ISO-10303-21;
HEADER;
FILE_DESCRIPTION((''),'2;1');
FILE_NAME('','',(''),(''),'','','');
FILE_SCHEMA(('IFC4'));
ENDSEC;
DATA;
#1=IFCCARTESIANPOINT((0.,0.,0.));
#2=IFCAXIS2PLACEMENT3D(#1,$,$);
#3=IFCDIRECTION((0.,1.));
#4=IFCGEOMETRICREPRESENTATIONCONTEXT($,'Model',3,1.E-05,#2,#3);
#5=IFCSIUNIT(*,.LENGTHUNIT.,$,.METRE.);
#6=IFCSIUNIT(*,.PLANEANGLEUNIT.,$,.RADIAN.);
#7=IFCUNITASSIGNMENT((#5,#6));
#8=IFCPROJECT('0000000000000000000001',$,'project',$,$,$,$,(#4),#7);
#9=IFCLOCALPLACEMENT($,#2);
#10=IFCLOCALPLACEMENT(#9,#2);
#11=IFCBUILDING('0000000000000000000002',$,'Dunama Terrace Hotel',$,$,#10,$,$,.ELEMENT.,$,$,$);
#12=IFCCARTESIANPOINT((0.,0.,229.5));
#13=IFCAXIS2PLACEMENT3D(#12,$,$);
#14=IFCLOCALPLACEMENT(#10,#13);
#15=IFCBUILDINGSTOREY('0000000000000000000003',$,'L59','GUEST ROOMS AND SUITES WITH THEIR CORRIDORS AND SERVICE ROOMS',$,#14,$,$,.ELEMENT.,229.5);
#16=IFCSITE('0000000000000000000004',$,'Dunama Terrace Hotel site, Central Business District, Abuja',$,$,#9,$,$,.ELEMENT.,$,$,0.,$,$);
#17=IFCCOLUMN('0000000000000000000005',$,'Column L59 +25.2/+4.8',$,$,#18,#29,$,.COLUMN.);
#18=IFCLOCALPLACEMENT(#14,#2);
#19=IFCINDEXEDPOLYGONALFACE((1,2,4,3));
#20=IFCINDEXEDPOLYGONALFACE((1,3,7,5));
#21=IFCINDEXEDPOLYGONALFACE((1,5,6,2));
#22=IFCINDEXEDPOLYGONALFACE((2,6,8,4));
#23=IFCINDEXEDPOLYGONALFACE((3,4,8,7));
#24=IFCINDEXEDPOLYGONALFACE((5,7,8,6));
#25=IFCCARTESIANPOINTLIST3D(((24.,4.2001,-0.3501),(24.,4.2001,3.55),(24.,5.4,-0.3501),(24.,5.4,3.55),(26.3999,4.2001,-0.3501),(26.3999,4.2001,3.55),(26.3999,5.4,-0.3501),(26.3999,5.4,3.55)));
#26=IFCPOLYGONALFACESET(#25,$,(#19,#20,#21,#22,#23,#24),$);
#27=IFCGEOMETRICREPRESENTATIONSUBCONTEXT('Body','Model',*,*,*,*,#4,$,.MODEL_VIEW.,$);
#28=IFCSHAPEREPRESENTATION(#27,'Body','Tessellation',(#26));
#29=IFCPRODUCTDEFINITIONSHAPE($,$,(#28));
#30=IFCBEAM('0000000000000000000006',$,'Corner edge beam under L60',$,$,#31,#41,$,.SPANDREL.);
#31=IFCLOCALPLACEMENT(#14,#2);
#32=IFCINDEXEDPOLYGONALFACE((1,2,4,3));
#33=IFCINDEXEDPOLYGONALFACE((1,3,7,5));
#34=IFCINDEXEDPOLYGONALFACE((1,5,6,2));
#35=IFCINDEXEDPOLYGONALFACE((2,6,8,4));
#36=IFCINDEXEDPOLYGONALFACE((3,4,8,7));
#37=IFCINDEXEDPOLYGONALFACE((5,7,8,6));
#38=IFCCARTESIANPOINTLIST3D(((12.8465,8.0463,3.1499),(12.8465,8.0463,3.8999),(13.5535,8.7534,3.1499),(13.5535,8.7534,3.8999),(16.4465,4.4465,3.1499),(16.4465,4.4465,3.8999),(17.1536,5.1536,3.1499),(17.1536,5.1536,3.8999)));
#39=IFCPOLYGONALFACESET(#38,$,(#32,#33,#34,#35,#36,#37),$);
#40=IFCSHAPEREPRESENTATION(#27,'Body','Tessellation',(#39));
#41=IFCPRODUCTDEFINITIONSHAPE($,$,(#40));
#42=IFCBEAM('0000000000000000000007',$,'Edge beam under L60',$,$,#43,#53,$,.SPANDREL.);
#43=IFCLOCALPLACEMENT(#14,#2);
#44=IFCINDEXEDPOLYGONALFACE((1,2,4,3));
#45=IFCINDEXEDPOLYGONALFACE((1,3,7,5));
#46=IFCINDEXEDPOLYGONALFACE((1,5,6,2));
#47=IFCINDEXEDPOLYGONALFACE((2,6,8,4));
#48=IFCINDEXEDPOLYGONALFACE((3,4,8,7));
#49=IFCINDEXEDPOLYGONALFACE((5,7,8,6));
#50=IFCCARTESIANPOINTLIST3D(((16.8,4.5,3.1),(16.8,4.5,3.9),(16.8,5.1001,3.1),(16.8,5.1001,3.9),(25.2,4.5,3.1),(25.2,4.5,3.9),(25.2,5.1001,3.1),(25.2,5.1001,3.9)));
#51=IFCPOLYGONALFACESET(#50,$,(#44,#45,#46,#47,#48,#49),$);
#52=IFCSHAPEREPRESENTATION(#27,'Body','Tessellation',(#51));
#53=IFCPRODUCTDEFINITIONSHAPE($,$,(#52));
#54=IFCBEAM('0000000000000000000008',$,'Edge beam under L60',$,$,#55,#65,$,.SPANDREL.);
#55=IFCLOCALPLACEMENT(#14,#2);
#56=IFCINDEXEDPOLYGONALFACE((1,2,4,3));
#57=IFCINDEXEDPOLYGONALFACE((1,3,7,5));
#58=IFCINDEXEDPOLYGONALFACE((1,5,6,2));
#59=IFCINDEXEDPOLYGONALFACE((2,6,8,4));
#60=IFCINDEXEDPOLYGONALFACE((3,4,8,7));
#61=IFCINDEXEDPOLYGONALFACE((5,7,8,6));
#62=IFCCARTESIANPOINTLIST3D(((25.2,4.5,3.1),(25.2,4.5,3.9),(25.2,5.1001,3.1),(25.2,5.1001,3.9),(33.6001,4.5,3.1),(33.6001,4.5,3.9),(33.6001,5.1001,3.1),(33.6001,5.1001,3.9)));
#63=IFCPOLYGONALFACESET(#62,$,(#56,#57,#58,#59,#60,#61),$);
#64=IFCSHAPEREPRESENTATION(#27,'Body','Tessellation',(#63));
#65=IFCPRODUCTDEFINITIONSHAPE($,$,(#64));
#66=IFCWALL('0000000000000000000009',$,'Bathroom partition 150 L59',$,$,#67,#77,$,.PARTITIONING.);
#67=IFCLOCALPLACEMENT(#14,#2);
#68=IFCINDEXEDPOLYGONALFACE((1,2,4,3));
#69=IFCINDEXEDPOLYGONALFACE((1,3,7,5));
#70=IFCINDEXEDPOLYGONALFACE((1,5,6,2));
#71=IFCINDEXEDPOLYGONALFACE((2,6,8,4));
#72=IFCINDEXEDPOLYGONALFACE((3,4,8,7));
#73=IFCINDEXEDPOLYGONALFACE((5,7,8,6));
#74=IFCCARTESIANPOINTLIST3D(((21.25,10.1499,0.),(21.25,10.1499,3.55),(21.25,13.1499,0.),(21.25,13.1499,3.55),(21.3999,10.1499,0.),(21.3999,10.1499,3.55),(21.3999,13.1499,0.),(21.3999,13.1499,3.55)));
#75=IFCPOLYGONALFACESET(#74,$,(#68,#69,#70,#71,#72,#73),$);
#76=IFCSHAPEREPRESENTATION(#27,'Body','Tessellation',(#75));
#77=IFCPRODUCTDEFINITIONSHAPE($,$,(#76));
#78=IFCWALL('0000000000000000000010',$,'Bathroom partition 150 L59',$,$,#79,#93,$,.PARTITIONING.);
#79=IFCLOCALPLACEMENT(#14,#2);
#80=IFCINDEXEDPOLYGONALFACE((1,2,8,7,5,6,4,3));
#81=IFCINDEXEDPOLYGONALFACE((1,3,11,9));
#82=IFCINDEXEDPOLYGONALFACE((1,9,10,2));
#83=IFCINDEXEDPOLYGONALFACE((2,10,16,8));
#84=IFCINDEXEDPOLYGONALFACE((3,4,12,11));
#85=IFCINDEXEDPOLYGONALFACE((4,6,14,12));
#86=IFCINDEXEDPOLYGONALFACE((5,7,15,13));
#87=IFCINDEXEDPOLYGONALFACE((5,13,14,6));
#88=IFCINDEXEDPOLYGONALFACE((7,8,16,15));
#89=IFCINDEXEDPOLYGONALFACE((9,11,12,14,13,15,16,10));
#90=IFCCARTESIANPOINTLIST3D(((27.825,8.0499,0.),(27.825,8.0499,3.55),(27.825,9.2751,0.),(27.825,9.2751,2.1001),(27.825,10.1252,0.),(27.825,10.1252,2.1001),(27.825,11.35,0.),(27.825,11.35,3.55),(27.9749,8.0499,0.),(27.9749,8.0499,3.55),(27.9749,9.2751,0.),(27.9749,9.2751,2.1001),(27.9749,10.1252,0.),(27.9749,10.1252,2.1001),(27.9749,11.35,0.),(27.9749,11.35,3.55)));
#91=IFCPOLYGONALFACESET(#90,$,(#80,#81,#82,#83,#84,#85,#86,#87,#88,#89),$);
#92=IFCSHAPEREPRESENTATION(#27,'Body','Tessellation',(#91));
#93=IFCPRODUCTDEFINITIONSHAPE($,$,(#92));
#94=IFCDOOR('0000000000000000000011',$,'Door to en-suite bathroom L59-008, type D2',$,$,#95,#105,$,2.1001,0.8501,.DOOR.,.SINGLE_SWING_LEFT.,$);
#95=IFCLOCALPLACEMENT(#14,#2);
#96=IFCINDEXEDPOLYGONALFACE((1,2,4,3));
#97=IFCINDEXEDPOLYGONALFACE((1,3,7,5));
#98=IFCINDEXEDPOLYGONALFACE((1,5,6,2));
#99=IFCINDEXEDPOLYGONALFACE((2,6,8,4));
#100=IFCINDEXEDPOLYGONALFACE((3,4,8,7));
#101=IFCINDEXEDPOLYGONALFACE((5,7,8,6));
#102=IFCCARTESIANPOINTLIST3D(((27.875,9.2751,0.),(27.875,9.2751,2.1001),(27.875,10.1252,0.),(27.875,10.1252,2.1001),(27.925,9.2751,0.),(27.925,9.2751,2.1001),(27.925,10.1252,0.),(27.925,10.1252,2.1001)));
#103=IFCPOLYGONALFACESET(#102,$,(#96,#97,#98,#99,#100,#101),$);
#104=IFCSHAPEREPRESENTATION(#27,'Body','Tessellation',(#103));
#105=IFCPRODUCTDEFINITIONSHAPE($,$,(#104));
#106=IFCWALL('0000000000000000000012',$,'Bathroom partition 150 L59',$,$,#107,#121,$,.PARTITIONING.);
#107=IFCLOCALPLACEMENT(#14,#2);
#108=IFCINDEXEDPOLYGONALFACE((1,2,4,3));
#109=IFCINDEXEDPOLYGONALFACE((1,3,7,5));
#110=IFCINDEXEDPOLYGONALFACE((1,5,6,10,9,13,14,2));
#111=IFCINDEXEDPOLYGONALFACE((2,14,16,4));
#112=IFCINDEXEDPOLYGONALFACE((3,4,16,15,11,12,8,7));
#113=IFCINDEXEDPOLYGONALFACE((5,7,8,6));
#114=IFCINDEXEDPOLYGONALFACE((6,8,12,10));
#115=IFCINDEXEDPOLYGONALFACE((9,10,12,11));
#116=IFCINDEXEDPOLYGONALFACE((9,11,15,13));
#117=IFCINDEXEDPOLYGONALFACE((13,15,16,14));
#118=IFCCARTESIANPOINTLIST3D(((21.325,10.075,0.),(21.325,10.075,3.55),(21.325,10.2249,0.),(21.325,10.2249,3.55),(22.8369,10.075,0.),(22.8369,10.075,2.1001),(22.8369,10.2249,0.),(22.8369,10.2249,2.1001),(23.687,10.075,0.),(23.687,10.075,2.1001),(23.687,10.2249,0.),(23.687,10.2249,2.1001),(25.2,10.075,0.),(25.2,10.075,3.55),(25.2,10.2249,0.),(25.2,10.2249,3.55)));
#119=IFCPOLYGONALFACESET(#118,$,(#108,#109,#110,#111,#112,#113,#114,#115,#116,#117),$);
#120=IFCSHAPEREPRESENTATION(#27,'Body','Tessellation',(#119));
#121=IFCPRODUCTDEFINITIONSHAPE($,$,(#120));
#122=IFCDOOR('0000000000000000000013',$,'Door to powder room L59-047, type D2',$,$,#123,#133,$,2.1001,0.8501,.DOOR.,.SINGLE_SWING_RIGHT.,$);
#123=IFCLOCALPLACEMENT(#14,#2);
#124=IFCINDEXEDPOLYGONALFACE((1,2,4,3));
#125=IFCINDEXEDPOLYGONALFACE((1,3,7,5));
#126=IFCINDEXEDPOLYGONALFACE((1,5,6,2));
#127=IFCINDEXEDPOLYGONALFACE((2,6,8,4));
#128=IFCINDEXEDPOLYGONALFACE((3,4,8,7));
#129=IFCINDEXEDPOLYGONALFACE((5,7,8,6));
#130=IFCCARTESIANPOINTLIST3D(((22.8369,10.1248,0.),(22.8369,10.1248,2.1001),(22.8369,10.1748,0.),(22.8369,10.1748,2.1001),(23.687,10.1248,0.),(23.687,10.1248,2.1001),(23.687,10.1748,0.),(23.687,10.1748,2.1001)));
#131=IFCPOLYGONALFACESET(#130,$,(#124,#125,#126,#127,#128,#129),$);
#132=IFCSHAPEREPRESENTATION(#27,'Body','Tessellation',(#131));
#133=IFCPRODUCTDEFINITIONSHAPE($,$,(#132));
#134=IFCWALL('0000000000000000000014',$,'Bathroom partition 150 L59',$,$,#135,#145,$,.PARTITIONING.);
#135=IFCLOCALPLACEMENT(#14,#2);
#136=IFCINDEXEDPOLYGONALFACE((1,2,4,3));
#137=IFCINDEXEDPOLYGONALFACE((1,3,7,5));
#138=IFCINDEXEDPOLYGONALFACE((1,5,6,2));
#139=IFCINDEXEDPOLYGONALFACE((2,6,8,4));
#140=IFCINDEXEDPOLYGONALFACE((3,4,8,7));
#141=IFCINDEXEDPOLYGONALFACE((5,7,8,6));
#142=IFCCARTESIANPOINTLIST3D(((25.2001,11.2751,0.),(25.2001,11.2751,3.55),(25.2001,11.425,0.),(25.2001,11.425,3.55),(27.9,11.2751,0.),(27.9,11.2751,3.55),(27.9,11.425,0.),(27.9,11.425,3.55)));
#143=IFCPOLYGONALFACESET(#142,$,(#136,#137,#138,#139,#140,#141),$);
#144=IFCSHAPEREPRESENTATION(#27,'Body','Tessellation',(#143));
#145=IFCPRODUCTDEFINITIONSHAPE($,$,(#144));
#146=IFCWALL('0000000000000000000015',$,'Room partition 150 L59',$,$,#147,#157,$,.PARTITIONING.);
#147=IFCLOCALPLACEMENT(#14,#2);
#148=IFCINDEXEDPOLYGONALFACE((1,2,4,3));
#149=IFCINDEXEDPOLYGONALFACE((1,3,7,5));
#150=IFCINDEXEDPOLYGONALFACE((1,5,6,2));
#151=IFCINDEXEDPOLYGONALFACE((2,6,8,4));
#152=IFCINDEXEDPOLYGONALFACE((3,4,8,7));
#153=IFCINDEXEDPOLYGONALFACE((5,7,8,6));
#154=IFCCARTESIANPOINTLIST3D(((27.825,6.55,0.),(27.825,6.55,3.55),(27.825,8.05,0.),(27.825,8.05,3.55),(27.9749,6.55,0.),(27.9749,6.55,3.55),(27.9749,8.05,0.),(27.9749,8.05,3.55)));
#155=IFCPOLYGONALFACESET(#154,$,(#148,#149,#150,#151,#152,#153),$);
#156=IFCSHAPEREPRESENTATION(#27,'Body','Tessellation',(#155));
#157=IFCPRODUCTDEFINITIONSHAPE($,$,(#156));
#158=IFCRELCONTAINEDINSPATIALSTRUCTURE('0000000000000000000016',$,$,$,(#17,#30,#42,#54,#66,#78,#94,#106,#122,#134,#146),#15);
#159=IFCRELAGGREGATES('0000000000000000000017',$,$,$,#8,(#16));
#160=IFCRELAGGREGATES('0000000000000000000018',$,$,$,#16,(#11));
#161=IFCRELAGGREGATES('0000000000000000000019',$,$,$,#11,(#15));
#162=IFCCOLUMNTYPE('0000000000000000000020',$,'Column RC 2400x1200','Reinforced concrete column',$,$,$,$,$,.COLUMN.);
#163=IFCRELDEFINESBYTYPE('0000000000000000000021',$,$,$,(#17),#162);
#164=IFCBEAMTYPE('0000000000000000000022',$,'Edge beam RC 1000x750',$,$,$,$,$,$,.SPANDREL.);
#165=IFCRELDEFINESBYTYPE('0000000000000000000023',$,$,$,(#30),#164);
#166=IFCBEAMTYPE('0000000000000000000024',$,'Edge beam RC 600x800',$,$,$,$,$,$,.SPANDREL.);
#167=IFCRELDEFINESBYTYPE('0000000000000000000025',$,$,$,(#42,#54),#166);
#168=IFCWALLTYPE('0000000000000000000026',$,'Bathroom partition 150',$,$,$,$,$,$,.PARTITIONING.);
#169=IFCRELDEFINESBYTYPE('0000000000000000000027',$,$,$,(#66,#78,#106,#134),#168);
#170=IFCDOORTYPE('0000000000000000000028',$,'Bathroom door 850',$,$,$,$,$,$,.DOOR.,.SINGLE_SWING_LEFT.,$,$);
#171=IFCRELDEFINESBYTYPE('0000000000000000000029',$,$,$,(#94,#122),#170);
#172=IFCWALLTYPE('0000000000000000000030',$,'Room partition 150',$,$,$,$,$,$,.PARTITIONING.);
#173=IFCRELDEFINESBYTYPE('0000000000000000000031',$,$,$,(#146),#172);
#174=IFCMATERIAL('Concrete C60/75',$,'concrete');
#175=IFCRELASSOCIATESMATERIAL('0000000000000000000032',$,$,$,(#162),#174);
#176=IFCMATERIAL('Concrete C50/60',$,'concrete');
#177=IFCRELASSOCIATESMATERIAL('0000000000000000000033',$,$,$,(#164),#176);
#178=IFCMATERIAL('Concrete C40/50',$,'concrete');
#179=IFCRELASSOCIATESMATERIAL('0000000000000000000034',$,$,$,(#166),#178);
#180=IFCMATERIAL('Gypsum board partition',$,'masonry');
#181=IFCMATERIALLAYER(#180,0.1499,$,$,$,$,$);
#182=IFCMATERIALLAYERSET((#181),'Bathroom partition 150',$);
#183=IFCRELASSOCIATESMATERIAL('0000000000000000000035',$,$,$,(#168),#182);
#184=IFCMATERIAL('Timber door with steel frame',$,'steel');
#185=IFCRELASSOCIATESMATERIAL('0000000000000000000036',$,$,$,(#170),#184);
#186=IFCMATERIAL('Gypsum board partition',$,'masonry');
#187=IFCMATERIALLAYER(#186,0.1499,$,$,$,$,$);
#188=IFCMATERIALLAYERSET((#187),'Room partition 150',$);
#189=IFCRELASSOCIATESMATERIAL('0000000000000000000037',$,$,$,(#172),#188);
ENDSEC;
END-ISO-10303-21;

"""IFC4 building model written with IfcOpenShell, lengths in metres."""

from ifc_helpers import new_model, si_unit, direction, frame, frame_2d, origin, origin_2d, place, context, subcontext, project, spatial, rectangle, extrude, material, layer, layer_set, material_profile, profile_set, type_object, element, fill, save


model = new_model("IFC4")

# Units and contexts
model_context = context("Model", 3, precision=1e-05, world=origin(), true_north=direction((0.0, 1.0)))
body_context = subcontext(model_context, "Body", "Model", "MODEL_VIEW")
ifc_project = project(units=[si_unit("LENGTHUNIT", "METRE"), si_unit("PLANEANGLEUNIT", "RADIAN")], contexts=[model_context])

# Site, building, storey
site_placement = place(None, origin())
site = spatial("IfcSite", under=ifc_project, at=site_placement, Name="Dunama Terrace Hotel site, Central Business District, Abuja", CompositionType="ELEMENT", RefElevation=0.0)
building_placement = place(site_placement, origin())
building = spatial("IfcBuilding", under=site, at=building_placement, Name="Dunama Terrace Hotel", CompositionType="ELEMENT")
storey_placement = place(building_placement, frame((0.0, 0.0, 229.5)))
storey = spatial("IfcBuildingStorey", under=building, at=storey_placement, Name="L59", Description="GUEST ROOMS AND SUITES WITH THEIR CORRIDORS AND SERVICE ROOMS", CompositionType="ELEMENT", Elevation=229.5)

# Column
ifc_material_1 = material(Name="Concrete C60/75", Category="concrete")
ifc_material_profile_1 = material_profile(ifc_material_1, rectangle(XDim=2.3999, YDim=1.2, at=origin_2d()), Name="RC 2400x1200")
ifc_profile_set_1 = profile_set([ifc_material_profile_1], Name="Concrete C60/75")
column_type = type_object("IfcColumnType", Name="Column RC 2400x1200", Description="Reinforced concrete column", PredefinedType="COLUMN", material=ifc_profile_set_1)
column_placement = place(storey_placement, frame((25.2, 4.8, -0.3501), z_axis=(0.0, 0.0, 1.0), x_axis=(1.0, 0.0, 0.0)))
element("IfcColumn", 1, at=column_placement, inside=storey, type_object=column_type, Name="Column L59 +25.2/+4.8", PredefinedType="COLUMN", context=body_context, shape_type="SweptSolid", body=[
    extrude(rectangle(XDim=2.3999, YDim=1.2, at=origin_2d()), origin(), (0.0, 0.0, 1.0), 3.9001),
])

# Beams
ifc_material_2 = material(Name="Concrete C50/60", Category="concrete")
ifc_material_profile_2 = material_profile(ifc_material_2, rectangle(XDim=1.0, YDim=0.75, at=origin_2d()), Name="RC 1000x750")
ifc_profile_set_2 = profile_set([ifc_material_profile_2], Name="Concrete C50/60")
beam_type_1 = type_object("IfcBeamType", Name="Edge beam RC 1000x750", PredefinedType="SPANDREL", material=ifc_profile_set_2)
beam_1_placement = place(storey_placement, frame((16.8, 4.8, 3.5249), z_axis=(-0.707131, 0.707083, 0.0), x_axis=(-0.707083, -0.707131, 0.0)))
element("IfcBeam", 2, at=beam_1_placement, inside=storey, type_object=beam_type_1, Name="Corner edge beam under L60", PredefinedType="SPANDREL", context=body_context, shape_type="SweptSolid", body=[
    extrude(rectangle(XDim=1.0, YDim=0.75, at=origin_2d()), origin(), (0.0, 0.0, 1.0), 5.0911),
])
ifc_material_3 = material(Name="Concrete C40/50", Category="concrete")
ifc_material_profile_3 = material_profile(ifc_material_3, rectangle(XDim=0.6001, YDim=0.8, at=origin_2d()), Name="RC 600x800")
ifc_profile_set_3 = profile_set([ifc_material_profile_3], Name="Concrete C40/50")
beam_type_2 = type_object("IfcBeamType", Name="Edge beam RC 600x800", PredefinedType="SPANDREL", material=ifc_profile_set_3)
beam_2_placement = place(storey_placement, frame((16.8, 4.8, 3.5), z_axis=(1.0, 0.0, 0.0), x_axis=(0.0, 1.0, 0.0)))
element("IfcBeam", 3, at=beam_2_placement, inside=storey, type_object=beam_type_2, Name="Edge beam under L60", PredefinedType="SPANDREL", context=body_context, shape_type="SweptSolid", body=[
    extrude(rectangle(XDim=0.6001, YDim=0.8, at=origin_2d()), origin(), (0.0, 0.0, 1.0), 8.3999),
])
beam_3_placement = place(storey_placement, frame((25.2, 4.8, 3.5), z_axis=(1.0, 0.0, 0.0), x_axis=(0.0, 1.0, 0.0)))
element("IfcBeam", 4, at=beam_3_placement, inside=storey, type_object=beam_type_2, Name="Edge beam under L60", PredefinedType="SPANDREL", context=body_context, shape_type="SweptSolid", body=[
    extrude(rectangle(XDim=0.6001, YDim=0.8, at=origin_2d()), origin(), (0.0, 0.0, 1.0), 8.4001),
])

# Wall
ifc_material_4 = material(Name="Gypsum board partition", Category="masonry")
ifc_layer_1 = layer(ifc_material_4, 0.1499)
ifc_layer_set_1 = layer_set([ifc_layer_1], Name="Bathroom partition 150")
wall_type_1 = type_object("IfcWallType", Name="Bathroom partition 150", PredefinedType="PARTITIONING", material=ifc_layer_set_1)
wall_1_placement = place(storey_placement, frame((21.325, 10.1499, 0.0), z_axis=(0.0, 0.0, 1.0), x_axis=(0.0, 1.0, 0.0)))
element("IfcWall", 5, at=wall_1_placement, inside=storey, type_object=wall_type_1, Name="Bathroom partition 150 L59", PredefinedType="PARTITIONING", context=body_context, shape_type="SweptSolid", body=[
    extrude(rectangle(XDim=3.0, YDim=0.1499, at=frame_2d((1.5, 0.0))), origin(), (0.0, 0.0, 1.0), 3.55),
])

# Walls, openings, doors
wall_2_placement = place(storey_placement, frame((27.8999, 8.05, 0.0), z_axis=(0.0, 0.0, 1.0), x_axis=(0.0, 1.0, 0.0)))
wall_2 = element("IfcWall", 6, at=wall_2_placement, inside=storey, type_object=wall_type_1, Name="Bathroom partition 150 L59", PredefinedType="PARTITIONING", context=body_context, shape_type="SweptSolid", body=[
    extrude(rectangle(XDim=3.3, YDim=0.1499, at=frame_2d((1.6499, 0.0))), origin(), (0.0, 0.0, 1.0), 3.55),
])
opening_1_placement = place(wall_2_placement, frame((1.2251, 0.0, 0.0)))
opening_1 = element("IfcOpeningElement", 7, at=opening_1_placement, cuts=wall_2, PredefinedType="OPENING", context=body_context, shape_type="SweptSolid", body=[
    extrude(rectangle(XDim=0.8501, YDim=2.1001, at=frame_2d((0.425, 1.05))), frame((0.0, 0.085, 0.0), z_axis=(0.0, -1.0, 0.0), x_axis=(1.0, 0.0, 0.0)), (0.0, 0.0, 1.0), 0.1699),
])
ifc_material_5 = material(Name="Timber door with steel frame", Category="steel")
door_type_1 = type_object("IfcDoorType", Name="Bathroom door 850", OperationType="SINGLE_SWING_LEFT", PredefinedType="DOOR", material=ifc_material_5)
door_1_placement = place(opening_1_placement, origin())
door_1 = element("IfcDoor", 8, at=door_1_placement, inside=storey, type_object=door_type_1, Name="Door to en-suite bathroom L59-008, type D2", OperationType="SINGLE_SWING_LEFT", OverallHeight=2.1001, OverallWidth=0.8501, PredefinedType="DOOR", context=body_context, shape_type="SweptSolid", body=[
    extrude(rectangle(XDim=0.8501, YDim=2.1001, at=frame_2d((0.425, 1.05))), frame((0.0, 0.0249, 0.0), z_axis=(0.0, -1.0, 0.0), x_axis=(1.0, 0.0, 0.0)), (0.0, 0.0, 1.0), 0.05),
])
fill(opening_1, door_1)
wall_3_placement = place(storey_placement, frame((21.325, 10.1499, 0.0), z_axis=(0.0, 0.0, 1.0), x_axis=(1.0, 0.0, 0.0)))
wall_3 = element("IfcWall", 9, at=wall_3_placement, inside=storey, type_object=wall_type_1, Name="Bathroom partition 150 L59", PredefinedType="PARTITIONING", context=body_context, shape_type="SweptSolid", body=[
    extrude(rectangle(XDim=3.875, YDim=0.1499, at=frame_2d((1.9375, 0.0))), origin(), (0.0, 0.0, 1.0), 3.55),
])
opening_2_placement = place(wall_3_placement, frame((1.512, 0.0, 0.0)))
opening_2 = element("IfcOpeningElement", 10, at=opening_2_placement, cuts=wall_3, PredefinedType="OPENING", context=body_context, shape_type="SweptSolid", body=[
    extrude(rectangle(XDim=0.8501, YDim=2.1001, at=frame_2d((0.425, 1.05))), frame((0.0, 0.085, 0.0), z_axis=(0.0, -1.0, 0.0), x_axis=(1.0, 0.0, 0.0)), (0.0, 0.0, 1.0), 0.1699),
])
door_2_placement = place(opening_2_placement, origin())
door_2 = element("IfcDoor", 11, at=door_2_placement, inside=storey, type_object=door_type_1, Name="Door to powder room L59-047, type D2", OperationType="SINGLE_SWING_RIGHT", OverallHeight=2.1001, OverallWidth=0.8501, PredefinedType="DOOR", context=body_context, shape_type="SweptSolid", body=[
    extrude(rectangle(XDim=0.8501, YDim=2.1001, at=frame_2d((0.425, 1.05))), frame((0.0, 0.0249, 0.0), z_axis=(0.0, -1.0, 0.0), x_axis=(1.0, 0.0, 0.0)), (0.0, 0.0, 1.0), 0.05),
])
fill(opening_2, door_2)

# Walls
wall_4_placement = place(storey_placement, frame((25.2, 11.3501, 0.0), z_axis=(0.0, 0.0, 1.0), x_axis=(1.0, 0.0, 0.0)))
element("IfcWall", 12, at=wall_4_placement, inside=storey, type_object=wall_type_1, Name="Bathroom partition 150 L59", PredefinedType="PARTITIONING", context=body_context, shape_type="SweptSolid", body=[
    extrude(rectangle(XDim=2.7, YDim=0.1499, at=frame_2d((1.3501, 0.0))), origin(), (0.0, 0.0, 1.0), 3.55),
])
ifc_material_6 = material(Name="Gypsum board partition", Category="masonry")
ifc_layer_2 = layer(ifc_material_6, 0.1499)
ifc_layer_set_2 = layer_set([ifc_layer_2], Name="Room partition 150")
wall_type_2 = type_object("IfcWallType", Name="Room partition 150", PredefinedType="PARTITIONING", material=ifc_layer_set_2)
wall_5_placement = place(storey_placement, frame((27.8999, 6.55, 0.0), z_axis=(0.0, 0.0, 1.0), x_axis=(0.0, 1.0, 0.0)))
element("IfcWall", 13, at=wall_5_placement, inside=storey, type_object=wall_type_2, Name="Room partition 150 L59", PredefinedType="PARTITIONING", context=body_context, shape_type="SweptSolid", body=[
    extrude(rectangle(XDim=1.5, YDim=0.1499, at=frame_2d((0.75, 0.0))), origin(), (0.0, 0.0, 1.0), 3.55),
])

save(model, "model.ifc")
